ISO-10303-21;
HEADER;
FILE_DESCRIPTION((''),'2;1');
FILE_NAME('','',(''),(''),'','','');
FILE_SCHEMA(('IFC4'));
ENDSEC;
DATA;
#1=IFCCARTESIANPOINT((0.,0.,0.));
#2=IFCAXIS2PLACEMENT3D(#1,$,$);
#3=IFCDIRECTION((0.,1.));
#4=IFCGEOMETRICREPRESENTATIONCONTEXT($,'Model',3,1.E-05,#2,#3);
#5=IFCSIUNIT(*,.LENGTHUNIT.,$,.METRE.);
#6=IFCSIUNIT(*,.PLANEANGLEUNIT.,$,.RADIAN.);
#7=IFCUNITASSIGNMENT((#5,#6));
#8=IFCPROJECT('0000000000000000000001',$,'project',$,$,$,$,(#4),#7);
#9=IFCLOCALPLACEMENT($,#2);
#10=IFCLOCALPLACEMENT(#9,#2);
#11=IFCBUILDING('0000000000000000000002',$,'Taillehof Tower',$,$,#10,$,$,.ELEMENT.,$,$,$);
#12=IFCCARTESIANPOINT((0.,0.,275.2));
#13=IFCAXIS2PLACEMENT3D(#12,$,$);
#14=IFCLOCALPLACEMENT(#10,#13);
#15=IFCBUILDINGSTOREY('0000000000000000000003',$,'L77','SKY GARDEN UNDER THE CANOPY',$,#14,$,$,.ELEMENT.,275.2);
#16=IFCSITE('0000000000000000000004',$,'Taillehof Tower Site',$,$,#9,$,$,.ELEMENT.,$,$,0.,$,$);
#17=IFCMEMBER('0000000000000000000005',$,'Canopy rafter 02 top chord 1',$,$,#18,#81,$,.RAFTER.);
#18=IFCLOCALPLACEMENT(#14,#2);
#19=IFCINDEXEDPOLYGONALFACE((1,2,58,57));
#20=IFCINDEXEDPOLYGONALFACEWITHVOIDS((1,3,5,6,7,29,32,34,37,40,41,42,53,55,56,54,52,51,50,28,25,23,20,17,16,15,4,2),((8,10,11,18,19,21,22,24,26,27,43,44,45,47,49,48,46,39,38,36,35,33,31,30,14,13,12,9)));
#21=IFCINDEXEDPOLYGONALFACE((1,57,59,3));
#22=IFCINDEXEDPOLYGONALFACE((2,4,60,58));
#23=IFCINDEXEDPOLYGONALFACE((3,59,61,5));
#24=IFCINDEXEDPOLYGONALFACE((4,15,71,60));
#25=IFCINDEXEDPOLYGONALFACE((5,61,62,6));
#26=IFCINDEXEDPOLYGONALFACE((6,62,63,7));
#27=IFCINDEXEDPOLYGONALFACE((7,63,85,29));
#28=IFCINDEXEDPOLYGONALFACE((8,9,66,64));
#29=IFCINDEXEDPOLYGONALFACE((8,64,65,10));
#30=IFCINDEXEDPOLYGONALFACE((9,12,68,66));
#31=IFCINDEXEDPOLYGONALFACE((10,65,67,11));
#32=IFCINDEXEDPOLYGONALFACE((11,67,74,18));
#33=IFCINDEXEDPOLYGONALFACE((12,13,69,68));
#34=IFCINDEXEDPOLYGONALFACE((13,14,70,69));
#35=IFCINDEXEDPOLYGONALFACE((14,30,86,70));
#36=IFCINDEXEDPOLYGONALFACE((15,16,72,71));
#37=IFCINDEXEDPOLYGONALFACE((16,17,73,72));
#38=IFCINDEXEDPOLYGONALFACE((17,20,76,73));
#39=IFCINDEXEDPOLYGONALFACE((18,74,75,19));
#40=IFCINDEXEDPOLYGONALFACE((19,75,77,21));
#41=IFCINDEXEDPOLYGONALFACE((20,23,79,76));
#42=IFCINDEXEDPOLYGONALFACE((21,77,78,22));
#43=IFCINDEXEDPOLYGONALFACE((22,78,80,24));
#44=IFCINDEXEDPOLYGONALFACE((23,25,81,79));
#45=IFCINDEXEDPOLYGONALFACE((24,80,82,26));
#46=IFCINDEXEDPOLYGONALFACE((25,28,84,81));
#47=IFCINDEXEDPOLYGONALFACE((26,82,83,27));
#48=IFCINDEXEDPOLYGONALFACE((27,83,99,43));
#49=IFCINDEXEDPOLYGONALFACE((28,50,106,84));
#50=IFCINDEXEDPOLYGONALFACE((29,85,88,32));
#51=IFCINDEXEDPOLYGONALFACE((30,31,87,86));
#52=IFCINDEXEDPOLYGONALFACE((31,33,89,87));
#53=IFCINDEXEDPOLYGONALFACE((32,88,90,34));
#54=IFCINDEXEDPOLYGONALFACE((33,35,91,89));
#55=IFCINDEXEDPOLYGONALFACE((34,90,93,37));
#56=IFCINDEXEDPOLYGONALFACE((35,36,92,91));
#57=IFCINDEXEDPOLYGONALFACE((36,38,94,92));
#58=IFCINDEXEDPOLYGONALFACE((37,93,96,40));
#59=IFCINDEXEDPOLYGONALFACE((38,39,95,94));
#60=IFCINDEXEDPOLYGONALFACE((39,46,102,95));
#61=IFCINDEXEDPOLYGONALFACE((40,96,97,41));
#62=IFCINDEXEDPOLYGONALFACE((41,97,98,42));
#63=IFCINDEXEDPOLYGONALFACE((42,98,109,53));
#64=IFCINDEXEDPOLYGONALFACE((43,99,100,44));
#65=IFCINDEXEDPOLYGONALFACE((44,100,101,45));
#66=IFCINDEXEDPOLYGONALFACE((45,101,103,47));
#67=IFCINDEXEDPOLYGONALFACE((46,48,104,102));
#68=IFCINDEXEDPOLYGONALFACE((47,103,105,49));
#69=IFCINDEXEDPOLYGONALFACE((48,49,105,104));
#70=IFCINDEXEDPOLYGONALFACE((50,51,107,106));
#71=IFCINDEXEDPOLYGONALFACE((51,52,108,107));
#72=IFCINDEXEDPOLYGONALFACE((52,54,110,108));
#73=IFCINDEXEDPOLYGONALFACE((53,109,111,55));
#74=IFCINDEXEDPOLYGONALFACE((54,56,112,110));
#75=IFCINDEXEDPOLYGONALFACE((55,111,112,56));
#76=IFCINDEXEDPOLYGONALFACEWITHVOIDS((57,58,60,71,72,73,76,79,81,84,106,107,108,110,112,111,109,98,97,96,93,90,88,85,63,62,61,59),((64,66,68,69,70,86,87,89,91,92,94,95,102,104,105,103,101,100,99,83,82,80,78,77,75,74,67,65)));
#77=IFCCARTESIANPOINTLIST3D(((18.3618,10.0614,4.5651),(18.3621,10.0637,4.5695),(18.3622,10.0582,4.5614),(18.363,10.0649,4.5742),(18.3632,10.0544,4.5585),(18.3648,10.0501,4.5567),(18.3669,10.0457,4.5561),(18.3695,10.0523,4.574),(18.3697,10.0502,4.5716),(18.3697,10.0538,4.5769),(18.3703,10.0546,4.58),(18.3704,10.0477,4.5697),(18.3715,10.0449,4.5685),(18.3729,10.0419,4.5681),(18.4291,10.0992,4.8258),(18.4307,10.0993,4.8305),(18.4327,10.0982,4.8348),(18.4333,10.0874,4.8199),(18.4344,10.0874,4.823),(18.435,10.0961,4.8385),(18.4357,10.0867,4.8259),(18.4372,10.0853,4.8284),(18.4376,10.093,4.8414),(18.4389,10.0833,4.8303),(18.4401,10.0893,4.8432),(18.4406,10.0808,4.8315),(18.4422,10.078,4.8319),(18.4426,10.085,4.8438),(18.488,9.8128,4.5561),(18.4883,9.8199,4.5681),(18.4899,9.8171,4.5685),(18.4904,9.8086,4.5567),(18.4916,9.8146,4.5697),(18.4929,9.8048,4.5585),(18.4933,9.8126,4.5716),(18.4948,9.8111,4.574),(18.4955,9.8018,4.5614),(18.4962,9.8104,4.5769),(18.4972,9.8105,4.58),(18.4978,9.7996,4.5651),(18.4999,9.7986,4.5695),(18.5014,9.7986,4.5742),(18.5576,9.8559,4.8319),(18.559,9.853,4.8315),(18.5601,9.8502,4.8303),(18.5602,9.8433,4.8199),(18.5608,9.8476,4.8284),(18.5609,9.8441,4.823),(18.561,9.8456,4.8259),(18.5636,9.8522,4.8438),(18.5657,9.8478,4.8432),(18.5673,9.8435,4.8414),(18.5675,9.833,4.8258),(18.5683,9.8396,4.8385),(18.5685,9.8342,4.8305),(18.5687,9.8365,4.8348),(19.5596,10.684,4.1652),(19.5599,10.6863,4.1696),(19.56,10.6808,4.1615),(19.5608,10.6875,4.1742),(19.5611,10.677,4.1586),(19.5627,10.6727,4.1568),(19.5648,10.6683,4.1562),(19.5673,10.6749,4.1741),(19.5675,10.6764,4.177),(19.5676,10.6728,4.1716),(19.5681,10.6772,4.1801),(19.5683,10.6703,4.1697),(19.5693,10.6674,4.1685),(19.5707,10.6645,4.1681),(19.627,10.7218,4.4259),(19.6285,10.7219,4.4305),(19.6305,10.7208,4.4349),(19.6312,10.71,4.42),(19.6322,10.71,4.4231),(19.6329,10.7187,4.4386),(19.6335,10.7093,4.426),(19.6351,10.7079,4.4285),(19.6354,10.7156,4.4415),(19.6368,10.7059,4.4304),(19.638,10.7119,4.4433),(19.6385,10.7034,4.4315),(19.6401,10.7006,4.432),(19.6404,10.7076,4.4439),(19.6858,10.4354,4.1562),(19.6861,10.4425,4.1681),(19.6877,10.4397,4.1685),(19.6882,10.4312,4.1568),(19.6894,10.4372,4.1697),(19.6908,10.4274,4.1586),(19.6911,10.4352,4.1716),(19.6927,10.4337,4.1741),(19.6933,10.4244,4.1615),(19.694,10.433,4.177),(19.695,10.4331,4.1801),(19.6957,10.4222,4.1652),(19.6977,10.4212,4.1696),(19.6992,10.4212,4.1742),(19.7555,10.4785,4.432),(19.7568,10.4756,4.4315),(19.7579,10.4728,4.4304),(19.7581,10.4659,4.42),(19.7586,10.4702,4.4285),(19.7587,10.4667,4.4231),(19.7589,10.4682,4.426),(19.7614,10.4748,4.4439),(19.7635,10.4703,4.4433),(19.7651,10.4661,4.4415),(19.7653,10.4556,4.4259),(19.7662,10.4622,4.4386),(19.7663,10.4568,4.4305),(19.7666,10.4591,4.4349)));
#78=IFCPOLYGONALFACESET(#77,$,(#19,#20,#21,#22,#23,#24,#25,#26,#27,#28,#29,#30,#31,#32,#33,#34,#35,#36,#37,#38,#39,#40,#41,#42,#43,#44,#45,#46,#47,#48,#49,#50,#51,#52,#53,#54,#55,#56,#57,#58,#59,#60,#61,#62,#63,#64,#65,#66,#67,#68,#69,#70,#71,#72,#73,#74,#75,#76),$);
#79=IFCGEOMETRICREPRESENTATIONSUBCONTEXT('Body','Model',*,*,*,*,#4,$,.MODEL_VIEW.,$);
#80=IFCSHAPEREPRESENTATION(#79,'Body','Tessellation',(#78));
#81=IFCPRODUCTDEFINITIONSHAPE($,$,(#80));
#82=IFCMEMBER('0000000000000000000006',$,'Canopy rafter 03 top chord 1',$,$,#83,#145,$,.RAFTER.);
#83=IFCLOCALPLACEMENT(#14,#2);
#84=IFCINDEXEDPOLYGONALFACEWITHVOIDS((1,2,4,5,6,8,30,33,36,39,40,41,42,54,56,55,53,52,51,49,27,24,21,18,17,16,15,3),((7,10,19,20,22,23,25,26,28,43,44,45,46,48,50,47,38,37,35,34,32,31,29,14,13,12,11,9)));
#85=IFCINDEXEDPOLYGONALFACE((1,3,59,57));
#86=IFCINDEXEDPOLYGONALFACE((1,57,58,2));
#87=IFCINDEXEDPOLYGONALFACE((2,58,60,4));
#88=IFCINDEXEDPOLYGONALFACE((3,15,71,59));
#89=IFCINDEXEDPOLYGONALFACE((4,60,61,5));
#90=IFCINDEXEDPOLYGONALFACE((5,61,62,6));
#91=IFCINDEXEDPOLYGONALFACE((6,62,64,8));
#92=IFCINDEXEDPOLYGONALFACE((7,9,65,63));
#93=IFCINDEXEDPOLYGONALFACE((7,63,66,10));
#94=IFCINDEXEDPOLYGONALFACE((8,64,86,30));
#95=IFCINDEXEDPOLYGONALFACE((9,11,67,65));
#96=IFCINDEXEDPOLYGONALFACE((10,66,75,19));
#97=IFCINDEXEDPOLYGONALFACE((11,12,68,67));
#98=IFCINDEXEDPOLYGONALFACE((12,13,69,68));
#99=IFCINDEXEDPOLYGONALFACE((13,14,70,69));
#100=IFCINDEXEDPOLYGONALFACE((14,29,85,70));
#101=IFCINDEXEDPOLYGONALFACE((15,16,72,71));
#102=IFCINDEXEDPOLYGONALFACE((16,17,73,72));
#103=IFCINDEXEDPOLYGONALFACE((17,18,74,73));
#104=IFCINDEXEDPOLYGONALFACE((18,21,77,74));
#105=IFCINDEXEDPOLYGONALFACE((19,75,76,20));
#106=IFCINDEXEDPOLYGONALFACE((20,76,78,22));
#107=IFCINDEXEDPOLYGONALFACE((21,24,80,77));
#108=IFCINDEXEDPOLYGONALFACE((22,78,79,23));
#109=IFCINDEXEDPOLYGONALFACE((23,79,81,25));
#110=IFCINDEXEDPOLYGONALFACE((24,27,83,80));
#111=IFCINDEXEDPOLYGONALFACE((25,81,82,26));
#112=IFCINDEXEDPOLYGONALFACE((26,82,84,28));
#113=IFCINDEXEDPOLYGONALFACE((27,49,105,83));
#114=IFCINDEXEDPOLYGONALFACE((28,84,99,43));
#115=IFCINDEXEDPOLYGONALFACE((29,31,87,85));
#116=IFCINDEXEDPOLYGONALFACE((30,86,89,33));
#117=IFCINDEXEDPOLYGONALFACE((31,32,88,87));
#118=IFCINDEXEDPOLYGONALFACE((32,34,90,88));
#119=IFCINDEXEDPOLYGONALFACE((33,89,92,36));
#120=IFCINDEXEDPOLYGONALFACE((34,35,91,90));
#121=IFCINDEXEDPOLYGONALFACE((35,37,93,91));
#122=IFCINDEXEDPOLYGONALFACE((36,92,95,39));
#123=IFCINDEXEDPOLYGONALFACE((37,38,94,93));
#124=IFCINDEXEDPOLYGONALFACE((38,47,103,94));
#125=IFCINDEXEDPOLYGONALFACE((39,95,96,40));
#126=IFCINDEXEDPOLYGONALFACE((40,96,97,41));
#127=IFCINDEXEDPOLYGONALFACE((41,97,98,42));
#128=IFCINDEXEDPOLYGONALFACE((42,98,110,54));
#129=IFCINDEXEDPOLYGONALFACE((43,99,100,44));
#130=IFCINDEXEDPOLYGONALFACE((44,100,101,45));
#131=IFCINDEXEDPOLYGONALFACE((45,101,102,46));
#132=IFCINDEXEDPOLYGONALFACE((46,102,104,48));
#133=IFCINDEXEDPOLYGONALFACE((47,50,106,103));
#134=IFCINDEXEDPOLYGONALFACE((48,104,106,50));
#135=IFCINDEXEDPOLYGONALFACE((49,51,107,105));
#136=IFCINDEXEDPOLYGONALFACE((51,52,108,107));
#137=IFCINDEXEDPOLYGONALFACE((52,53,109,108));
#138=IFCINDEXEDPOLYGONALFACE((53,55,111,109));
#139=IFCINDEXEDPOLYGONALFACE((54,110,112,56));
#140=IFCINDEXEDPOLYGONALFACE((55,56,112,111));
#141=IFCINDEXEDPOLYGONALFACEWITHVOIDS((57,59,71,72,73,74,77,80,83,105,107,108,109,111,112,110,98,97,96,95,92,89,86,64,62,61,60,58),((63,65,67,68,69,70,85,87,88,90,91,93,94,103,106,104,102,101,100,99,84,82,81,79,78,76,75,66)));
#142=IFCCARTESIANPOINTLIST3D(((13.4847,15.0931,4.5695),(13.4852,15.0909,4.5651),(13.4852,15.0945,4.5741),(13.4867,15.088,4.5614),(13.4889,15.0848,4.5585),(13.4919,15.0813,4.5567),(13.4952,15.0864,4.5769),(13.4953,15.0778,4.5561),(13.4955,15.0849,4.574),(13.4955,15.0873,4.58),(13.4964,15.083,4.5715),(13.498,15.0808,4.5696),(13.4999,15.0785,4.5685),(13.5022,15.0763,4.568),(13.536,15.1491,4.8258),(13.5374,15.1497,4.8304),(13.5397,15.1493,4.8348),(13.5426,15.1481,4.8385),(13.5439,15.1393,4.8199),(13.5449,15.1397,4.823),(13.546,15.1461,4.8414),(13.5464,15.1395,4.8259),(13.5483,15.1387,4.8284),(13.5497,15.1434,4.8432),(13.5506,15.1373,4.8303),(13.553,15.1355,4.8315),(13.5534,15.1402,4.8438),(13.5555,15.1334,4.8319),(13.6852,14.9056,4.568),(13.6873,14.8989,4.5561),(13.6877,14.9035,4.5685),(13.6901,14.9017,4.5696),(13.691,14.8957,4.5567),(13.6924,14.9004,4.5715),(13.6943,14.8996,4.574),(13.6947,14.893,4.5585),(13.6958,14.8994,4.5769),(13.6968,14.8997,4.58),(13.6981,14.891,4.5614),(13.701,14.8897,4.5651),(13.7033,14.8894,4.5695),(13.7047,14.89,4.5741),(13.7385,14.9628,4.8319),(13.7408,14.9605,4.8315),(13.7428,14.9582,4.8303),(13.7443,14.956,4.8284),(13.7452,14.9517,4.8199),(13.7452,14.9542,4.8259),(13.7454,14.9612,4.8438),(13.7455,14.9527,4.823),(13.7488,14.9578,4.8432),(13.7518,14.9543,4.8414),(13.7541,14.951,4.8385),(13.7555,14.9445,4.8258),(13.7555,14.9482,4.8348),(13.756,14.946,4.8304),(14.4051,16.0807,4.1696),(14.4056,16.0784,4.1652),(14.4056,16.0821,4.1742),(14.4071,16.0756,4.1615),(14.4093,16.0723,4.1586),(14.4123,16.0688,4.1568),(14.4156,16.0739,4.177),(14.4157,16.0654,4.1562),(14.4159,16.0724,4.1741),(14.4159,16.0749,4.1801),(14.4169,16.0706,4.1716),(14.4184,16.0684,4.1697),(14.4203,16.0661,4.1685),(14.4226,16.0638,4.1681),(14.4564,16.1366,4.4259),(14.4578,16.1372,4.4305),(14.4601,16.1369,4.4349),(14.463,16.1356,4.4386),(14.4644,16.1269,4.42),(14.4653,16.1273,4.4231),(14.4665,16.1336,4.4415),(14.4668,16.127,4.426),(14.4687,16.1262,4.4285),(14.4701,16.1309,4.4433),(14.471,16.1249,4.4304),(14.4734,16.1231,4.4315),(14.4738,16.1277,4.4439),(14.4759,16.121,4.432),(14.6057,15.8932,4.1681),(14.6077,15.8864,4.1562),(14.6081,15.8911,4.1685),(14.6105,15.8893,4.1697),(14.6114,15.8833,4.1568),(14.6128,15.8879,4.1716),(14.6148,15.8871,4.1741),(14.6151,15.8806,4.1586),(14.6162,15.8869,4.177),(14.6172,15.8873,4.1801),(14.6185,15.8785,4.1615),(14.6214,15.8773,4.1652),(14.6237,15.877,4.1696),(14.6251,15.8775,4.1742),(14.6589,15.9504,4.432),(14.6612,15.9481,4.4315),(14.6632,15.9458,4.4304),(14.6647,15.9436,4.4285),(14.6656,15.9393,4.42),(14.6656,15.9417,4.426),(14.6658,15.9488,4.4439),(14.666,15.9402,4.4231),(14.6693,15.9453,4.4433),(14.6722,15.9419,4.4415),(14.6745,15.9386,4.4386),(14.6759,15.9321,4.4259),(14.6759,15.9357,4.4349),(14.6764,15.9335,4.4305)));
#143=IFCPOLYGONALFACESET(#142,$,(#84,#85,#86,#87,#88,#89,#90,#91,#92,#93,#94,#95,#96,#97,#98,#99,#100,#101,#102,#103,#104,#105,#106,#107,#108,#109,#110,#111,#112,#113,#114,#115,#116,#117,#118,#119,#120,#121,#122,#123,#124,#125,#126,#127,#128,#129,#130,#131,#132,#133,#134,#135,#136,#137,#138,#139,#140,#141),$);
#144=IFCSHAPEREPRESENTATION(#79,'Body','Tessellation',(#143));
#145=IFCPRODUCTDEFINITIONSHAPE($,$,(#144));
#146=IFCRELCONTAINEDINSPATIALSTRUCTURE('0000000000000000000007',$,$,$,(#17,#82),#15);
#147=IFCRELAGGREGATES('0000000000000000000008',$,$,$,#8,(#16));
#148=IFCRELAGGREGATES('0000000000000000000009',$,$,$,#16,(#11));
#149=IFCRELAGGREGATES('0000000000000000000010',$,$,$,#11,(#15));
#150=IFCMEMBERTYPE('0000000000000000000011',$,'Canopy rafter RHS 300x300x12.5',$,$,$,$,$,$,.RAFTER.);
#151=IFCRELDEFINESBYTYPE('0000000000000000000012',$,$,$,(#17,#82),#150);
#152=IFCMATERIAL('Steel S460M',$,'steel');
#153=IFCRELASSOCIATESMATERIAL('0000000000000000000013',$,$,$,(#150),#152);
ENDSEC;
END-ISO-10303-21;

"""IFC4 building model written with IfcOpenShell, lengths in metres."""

from ifc_helpers import new_model, si_unit, direction, frame, origin, origin_2d, place, context, subcontext, project, spatial, hollow_rectangle, extrude, material, material_profile, profile_set, type_object, element, save


model = new_model("IFC4")

# Units and contexts
model_context = context("Model", 3, precision=1e-05, world=origin(), true_north=direction((0.0, 1.0)))
body_context = subcontext(model_context, "Body", "Model", "MODEL_VIEW")
ifc_project = project(units=[si_unit("LENGTHUNIT", "METRE"), si_unit("PLANEANGLEUNIT", "RADIAN")], contexts=[model_context])

# Site, building, storey
site_placement = place(None, origin())
site = spatial("IfcSite", under=ifc_project, at=site_placement, Name="Taillehof Tower Site", CompositionType="ELEMENT", RefElevation=0.0)
building_placement = place(site_placement, origin())
building = spatial("IfcBuilding", under=site, at=building_placement, Name="Taillehof Tower", CompositionType="ELEMENT")
storey_placement = place(building_placement, frame((0.0, 0.0, 275.2)))
storey = spatial("IfcBuildingStorey", under=building, at=storey_placement, Name="L77", Description="SKY GARDEN UNDER THE CANOPY", CompositionType="ELEMENT", Elevation=275.2)

# Members
ifc_material_1 = material(Name="Steel S460M", Category="steel")
ifc_material_profile_1 = material_profile(ifc_material_1, hollow_rectangle(XDim=0.3, YDim=0.3, WallThickness=0.0125, InnerFilletRadius=0.0125, OuterFilletRadius=0.0188, at=origin_2d()), Name="RHS 300x300x12.5")
ifc_profile_set_1 = profile_set([ifc_material_profile_1], Name="Steel S460M")
member_type_1 = type_object("IfcMemberType", Name="Canopy rafter RHS 300x300x12.5", PredefinedType="RAFTER", material=ifc_profile_set_1)
for number, where, z_axis, x_axis, name in (
    (1, (19.6631, 10.5715, 4.3), (-0.850752, -0.442197, 0.284047), (0.461193, -0.8873, 0.0), "Canopy rafter 02 top chord 1"),
    (2, (14.5408, 16.0071, 4.3), (-0.653723, -0.701408, 0.284031), (0.731536, -0.681803, 0.0), "Canopy rafter 03 top chord 1"),
):
    element("IfcMember", number, at=place(storey_placement, frame(where, z_axis=z_axis, x_axis=x_axis)), inside=storey, type_object=member_type_1, Name=name, PredefinedType="RAFTER", context=body_context, shape_type="SweptSolid", body=[
        extrude(hollow_rectangle(XDim=0.3, YDim=0.3, WallThickness=0.0125, InnerFilletRadius=0.0125, OuterFilletRadius=0.0188, at=origin_2d()), origin(), (0.0, 0.0, 1.0), 1.408),
    ])

save(model, "model.ifc")
